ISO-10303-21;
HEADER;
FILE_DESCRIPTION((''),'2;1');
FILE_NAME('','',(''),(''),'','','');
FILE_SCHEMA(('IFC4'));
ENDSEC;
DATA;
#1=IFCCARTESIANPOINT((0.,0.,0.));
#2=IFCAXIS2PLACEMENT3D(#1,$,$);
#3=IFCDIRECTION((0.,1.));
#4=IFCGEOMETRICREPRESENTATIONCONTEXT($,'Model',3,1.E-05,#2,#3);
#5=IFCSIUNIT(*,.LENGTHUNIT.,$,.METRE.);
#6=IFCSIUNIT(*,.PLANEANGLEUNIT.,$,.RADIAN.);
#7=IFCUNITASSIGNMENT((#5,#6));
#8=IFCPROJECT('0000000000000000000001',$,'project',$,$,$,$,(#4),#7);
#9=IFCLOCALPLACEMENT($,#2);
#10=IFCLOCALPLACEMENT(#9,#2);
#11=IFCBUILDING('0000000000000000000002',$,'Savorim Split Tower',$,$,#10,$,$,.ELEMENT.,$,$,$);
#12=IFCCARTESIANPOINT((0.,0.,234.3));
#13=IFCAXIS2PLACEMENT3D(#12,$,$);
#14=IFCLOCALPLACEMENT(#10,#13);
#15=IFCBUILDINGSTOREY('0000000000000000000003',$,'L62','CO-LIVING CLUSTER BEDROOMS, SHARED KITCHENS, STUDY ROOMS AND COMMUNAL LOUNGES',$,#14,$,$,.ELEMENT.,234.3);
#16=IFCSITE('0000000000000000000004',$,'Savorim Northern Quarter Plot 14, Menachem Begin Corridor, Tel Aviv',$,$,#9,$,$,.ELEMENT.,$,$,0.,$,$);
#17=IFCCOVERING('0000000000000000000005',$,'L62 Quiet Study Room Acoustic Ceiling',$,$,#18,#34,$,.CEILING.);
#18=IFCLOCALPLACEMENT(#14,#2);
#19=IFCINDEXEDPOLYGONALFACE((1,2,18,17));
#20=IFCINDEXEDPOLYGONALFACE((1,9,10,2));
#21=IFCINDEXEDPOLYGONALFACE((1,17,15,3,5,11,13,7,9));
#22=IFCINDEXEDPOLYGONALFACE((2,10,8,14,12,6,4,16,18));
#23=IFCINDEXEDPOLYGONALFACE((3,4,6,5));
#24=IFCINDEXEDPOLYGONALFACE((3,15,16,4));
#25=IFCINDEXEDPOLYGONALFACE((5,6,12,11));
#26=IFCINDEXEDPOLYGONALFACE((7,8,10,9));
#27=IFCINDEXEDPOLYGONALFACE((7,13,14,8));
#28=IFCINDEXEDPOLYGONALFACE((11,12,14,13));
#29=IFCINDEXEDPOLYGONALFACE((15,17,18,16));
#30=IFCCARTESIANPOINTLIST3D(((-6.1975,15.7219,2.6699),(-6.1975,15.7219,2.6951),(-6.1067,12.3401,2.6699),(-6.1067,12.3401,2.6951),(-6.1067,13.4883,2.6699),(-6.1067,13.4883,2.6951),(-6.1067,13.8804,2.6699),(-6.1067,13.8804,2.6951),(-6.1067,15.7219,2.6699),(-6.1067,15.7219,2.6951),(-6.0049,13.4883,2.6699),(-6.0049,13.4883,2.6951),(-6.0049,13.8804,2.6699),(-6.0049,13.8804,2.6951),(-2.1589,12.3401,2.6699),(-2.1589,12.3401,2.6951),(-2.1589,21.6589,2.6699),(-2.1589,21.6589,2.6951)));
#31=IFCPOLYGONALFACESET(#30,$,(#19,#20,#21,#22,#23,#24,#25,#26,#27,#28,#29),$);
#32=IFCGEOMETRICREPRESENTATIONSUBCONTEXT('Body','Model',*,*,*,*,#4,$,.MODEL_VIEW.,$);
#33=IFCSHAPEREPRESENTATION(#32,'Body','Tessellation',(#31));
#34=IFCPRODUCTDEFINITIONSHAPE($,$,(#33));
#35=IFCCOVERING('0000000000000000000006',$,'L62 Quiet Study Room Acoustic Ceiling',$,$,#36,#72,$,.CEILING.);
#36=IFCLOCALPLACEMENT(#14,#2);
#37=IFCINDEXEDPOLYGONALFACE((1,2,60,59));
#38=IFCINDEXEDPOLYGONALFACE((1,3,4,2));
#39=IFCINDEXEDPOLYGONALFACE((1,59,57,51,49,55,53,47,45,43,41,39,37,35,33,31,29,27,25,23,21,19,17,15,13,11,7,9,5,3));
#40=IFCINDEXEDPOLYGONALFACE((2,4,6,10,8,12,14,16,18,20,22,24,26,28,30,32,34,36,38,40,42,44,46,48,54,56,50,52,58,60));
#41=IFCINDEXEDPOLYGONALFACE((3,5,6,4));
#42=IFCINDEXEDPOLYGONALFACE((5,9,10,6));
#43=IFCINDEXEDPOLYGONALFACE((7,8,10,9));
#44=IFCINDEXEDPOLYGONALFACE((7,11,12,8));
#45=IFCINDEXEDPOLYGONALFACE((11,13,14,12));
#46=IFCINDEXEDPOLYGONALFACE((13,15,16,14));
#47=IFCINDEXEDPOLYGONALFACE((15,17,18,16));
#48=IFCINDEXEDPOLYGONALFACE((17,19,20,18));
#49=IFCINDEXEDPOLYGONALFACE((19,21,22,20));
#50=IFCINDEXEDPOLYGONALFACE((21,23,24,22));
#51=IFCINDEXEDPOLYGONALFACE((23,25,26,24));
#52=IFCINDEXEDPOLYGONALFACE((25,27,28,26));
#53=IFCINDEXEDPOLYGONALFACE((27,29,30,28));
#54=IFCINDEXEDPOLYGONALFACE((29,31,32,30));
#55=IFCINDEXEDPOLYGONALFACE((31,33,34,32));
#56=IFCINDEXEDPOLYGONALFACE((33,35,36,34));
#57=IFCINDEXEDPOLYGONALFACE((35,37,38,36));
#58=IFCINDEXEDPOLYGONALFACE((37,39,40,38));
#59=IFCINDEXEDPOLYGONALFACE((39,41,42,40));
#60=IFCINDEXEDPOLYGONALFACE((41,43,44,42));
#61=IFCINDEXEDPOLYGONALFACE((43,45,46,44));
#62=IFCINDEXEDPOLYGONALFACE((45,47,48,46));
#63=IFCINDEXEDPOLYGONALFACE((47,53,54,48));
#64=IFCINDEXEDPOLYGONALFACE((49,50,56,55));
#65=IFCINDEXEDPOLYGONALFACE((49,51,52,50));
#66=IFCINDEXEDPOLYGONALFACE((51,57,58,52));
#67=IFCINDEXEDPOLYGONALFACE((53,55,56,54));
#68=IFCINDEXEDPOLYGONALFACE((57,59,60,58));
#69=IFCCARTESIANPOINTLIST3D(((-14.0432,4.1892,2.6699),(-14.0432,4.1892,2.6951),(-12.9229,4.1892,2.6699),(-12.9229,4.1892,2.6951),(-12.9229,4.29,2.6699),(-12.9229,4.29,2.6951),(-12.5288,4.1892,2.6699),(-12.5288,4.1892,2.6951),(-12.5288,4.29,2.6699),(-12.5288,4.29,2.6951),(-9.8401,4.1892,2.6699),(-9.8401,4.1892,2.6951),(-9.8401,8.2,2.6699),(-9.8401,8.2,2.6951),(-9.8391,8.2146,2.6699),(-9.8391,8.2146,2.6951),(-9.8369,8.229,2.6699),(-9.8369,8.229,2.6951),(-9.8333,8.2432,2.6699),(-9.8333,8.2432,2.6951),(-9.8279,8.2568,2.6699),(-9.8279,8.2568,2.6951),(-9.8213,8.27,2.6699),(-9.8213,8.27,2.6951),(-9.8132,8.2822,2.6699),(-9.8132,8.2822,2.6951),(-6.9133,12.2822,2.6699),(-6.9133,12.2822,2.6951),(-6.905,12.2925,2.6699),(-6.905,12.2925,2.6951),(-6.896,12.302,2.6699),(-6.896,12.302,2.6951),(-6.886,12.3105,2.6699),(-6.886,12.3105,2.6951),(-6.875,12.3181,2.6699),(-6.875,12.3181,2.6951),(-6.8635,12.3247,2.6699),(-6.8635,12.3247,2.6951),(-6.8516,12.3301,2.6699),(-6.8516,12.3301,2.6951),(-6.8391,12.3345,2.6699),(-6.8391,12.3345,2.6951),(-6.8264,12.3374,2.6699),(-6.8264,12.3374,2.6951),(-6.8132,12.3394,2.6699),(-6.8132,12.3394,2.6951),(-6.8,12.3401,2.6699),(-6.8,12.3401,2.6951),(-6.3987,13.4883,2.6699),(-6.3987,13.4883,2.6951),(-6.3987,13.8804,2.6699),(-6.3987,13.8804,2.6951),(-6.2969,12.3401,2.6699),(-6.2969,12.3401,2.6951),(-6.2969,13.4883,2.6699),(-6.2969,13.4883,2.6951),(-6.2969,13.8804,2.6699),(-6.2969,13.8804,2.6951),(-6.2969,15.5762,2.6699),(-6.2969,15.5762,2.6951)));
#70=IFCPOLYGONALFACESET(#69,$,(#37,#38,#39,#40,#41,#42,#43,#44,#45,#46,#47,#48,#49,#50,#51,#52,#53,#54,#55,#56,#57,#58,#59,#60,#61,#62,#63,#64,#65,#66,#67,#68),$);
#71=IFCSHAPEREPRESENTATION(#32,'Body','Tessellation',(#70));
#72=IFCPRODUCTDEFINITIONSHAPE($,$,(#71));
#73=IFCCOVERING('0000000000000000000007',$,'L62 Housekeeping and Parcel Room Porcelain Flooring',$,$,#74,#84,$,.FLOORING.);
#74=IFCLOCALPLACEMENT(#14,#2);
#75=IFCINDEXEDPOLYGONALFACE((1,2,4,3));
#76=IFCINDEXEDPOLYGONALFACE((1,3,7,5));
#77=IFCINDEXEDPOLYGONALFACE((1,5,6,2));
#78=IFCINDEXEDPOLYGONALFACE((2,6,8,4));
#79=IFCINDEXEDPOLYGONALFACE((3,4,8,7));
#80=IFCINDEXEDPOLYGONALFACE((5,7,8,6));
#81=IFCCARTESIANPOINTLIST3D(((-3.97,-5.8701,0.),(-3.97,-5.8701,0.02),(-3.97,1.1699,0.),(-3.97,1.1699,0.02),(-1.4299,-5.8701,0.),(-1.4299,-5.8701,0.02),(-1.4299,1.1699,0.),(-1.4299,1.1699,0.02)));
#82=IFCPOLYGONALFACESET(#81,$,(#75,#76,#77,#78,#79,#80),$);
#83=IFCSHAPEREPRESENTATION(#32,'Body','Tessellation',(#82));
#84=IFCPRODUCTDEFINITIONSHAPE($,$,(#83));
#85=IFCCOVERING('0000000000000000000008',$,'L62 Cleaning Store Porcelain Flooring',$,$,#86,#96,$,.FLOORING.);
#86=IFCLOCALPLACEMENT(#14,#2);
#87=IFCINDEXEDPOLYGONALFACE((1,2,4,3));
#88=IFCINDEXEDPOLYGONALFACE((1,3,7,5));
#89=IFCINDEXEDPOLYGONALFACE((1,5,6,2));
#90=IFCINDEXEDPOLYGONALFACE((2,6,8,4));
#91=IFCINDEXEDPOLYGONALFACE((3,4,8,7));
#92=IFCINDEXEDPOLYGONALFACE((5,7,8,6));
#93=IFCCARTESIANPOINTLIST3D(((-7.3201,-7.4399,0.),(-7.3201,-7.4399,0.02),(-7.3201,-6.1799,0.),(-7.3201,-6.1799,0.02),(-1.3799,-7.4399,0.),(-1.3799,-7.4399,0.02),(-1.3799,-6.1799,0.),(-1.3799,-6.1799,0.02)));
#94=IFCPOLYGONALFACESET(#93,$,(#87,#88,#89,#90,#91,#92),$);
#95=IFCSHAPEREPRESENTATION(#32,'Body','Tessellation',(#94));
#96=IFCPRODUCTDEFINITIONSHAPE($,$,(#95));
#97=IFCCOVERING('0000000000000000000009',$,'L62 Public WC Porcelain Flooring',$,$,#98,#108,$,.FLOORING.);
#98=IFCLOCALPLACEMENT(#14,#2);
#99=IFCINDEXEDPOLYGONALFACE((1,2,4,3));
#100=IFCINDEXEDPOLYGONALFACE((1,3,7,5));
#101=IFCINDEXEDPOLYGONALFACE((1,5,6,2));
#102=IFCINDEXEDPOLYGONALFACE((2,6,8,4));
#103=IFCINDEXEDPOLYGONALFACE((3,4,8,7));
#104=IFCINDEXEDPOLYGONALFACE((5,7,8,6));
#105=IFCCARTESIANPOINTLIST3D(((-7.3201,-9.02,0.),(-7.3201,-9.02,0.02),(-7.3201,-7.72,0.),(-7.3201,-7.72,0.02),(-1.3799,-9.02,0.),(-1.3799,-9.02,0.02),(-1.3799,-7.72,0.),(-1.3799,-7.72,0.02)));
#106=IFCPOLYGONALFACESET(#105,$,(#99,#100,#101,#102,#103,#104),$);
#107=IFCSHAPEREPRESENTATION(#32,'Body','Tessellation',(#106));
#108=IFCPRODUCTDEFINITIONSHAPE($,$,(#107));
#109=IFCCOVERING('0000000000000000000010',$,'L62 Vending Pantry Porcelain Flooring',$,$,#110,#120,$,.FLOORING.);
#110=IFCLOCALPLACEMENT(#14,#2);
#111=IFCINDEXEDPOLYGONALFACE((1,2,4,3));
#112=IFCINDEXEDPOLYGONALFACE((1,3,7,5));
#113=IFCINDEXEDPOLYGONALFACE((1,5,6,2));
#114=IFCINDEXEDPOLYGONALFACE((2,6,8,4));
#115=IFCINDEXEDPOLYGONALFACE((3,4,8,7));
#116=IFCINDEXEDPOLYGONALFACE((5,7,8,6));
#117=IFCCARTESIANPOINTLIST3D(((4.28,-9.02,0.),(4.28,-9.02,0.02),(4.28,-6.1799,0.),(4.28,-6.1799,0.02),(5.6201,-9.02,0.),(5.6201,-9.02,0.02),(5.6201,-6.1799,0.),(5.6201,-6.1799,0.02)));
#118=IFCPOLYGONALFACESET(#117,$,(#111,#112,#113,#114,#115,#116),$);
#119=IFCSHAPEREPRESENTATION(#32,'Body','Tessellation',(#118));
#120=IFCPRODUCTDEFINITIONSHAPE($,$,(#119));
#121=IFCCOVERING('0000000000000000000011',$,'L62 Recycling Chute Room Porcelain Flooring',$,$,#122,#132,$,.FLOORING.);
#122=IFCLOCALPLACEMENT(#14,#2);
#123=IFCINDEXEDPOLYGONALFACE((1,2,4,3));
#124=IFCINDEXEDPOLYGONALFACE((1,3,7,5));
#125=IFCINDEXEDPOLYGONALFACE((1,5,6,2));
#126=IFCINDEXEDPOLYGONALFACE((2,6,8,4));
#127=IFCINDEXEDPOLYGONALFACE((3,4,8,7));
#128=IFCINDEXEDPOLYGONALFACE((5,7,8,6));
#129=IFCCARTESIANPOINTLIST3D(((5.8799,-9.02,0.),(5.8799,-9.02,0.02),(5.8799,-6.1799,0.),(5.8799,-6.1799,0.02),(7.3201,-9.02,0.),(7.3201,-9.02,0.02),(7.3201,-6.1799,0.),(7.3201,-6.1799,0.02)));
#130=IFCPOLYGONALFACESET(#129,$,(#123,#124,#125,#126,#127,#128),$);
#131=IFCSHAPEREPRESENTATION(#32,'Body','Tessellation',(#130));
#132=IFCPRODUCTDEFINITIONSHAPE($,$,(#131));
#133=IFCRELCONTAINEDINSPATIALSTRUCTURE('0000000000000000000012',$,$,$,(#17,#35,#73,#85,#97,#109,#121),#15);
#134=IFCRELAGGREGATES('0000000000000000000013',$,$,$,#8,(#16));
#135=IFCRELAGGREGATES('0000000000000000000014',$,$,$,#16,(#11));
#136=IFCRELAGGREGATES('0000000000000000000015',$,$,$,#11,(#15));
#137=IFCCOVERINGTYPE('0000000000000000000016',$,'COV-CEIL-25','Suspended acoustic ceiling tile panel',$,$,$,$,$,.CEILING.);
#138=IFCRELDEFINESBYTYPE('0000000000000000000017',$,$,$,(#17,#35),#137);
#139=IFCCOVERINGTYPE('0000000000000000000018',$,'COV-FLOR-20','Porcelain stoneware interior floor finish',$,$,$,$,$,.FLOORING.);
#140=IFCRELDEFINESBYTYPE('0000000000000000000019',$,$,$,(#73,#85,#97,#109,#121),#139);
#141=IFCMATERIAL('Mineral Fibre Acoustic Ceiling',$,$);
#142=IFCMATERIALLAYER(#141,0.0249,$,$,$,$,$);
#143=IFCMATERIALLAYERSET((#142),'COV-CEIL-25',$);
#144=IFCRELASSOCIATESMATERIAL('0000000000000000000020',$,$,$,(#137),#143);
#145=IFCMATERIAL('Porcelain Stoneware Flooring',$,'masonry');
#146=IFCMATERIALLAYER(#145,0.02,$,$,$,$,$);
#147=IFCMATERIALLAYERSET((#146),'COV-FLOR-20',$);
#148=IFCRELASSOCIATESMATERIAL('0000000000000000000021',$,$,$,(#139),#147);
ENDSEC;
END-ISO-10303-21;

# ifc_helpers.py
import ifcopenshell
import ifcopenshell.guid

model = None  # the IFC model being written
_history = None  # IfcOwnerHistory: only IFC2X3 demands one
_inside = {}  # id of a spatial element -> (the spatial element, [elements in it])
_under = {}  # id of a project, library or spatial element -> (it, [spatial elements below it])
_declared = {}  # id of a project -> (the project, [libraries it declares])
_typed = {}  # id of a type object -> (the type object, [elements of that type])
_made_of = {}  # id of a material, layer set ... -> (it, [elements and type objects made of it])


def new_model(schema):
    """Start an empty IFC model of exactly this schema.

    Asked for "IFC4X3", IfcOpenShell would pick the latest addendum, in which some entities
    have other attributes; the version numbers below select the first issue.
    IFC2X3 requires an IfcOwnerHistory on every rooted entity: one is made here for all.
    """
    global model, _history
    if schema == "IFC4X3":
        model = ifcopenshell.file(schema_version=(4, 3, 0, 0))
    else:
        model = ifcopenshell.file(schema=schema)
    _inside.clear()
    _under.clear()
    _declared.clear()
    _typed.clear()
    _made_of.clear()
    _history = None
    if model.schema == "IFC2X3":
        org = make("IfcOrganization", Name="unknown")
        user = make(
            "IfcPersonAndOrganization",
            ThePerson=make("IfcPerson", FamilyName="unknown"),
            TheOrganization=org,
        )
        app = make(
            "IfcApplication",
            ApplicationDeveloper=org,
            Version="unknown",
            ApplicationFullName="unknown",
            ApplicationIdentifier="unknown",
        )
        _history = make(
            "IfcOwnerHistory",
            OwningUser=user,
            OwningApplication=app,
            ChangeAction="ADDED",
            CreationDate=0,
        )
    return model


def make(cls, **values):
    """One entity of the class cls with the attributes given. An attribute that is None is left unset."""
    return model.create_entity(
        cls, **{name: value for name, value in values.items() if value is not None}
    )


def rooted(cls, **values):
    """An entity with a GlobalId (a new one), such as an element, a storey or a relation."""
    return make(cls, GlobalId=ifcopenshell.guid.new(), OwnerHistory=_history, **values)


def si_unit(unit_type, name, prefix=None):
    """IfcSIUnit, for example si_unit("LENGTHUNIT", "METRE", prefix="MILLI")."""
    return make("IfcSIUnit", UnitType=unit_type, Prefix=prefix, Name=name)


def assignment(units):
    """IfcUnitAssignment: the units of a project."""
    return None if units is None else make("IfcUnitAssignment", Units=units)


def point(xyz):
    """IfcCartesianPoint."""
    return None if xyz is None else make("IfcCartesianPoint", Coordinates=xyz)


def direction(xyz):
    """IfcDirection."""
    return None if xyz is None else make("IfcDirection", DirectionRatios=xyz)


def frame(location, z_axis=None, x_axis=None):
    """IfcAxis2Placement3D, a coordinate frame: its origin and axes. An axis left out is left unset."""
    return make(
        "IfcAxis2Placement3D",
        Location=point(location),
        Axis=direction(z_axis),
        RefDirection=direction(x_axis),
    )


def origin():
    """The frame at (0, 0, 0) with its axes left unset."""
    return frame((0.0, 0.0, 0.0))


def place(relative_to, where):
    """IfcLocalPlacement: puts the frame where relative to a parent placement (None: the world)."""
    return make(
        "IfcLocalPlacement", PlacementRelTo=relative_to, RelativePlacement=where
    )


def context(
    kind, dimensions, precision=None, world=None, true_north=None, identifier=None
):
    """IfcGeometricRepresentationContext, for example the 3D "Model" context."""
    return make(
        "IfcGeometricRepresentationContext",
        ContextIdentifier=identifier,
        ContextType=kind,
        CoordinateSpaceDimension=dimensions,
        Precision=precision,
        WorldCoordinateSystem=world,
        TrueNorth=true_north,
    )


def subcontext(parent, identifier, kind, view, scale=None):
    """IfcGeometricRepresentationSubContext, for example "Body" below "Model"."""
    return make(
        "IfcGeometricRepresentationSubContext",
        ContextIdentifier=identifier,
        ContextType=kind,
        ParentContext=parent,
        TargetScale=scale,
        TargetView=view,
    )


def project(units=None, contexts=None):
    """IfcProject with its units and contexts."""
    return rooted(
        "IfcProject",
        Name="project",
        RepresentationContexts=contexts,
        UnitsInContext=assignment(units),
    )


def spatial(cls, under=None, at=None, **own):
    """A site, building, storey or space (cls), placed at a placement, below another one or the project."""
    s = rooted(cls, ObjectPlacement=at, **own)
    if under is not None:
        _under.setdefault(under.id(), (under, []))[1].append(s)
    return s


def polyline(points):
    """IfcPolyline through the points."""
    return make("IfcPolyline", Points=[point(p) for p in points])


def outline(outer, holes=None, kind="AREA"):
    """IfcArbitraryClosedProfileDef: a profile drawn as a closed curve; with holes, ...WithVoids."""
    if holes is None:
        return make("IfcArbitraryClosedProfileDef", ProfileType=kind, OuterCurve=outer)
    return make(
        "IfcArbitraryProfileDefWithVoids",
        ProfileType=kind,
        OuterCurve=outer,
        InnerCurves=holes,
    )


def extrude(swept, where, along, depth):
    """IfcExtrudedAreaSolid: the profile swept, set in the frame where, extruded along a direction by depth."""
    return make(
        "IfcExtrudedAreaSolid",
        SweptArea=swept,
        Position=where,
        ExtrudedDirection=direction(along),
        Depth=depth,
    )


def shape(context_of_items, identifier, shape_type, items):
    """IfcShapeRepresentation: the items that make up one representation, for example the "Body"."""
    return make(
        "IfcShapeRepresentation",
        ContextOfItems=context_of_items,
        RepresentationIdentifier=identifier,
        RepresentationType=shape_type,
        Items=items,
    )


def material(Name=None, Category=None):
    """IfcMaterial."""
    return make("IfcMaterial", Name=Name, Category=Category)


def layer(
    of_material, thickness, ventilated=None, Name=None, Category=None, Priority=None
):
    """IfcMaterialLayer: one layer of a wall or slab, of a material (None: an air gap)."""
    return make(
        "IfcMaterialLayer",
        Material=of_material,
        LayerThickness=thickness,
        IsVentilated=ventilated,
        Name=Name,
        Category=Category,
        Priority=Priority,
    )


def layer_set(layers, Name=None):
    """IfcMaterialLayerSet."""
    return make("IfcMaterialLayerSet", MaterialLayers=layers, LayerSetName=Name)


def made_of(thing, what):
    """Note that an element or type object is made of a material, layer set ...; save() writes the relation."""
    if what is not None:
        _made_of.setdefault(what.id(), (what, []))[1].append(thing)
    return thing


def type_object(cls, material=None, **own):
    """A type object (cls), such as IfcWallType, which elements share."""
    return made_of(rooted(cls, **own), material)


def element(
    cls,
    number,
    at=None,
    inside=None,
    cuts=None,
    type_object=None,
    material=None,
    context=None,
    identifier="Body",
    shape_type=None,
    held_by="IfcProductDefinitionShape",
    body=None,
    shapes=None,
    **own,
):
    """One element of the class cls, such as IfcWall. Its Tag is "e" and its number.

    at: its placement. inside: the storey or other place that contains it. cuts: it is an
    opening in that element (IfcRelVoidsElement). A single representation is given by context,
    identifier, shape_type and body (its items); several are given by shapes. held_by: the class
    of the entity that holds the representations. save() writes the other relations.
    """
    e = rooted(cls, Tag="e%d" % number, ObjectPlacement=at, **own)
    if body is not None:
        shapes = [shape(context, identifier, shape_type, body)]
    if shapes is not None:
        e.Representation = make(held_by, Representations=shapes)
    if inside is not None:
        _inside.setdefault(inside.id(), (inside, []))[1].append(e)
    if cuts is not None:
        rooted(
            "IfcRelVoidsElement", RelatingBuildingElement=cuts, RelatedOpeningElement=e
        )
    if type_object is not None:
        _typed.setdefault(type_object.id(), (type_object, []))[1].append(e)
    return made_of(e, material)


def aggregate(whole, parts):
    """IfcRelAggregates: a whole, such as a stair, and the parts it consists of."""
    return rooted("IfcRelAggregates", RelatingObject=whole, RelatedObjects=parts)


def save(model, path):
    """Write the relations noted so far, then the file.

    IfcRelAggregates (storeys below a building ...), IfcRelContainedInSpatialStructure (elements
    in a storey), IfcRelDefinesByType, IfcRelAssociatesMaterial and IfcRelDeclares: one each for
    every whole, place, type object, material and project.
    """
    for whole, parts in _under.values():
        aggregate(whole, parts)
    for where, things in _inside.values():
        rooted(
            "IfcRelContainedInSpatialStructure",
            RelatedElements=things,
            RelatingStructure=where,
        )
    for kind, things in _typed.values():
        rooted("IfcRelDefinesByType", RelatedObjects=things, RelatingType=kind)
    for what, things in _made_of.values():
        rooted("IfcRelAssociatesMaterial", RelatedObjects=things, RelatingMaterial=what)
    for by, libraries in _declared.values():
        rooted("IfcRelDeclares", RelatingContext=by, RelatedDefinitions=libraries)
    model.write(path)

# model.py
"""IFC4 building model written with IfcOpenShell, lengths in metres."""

from ifc_helpers import new_model, si_unit, direction, frame, origin, place, context, subcontext, project, spatial, polyline, outline, extrude, material, layer, layer_set, type_object, element, save


model = new_model("IFC4")

# Units and contexts
model_context = context("Model", 3, precision=1e-05, world=origin(), true_north=direction((0.0, 1.0)))
body_context = subcontext(model_context, "Body", "Model", "MODEL_VIEW")
ifc_project = project(units=[si_unit("LENGTHUNIT", "METRE"), si_unit("PLANEANGLEUNIT", "RADIAN")], contexts=[model_context])

# Site, building, storey
site_placement = place(None, origin())
site = spatial("IfcSite", under=ifc_project, at=site_placement, Name="Savorim Northern Quarter Plot 14, Menachem Begin Corridor, Tel Aviv", CompositionType="ELEMENT", RefElevation=0.0)
building_placement = place(site_placement, origin())
building = spatial("IfcBuilding", under=site, at=building_placement, Name="Savorim Split Tower", CompositionType="ELEMENT")
storey_placement = place(building_placement, frame((0.0, 0.0, 234.3)))
storey = spatial("IfcBuildingStorey", under=building, at=storey_placement, Name="L62", Description="CO-LIVING CLUSTER BEDROOMS, SHARED KITCHENS, STUDY ROOMS AND COMMUNAL LOUNGES", CompositionType="ELEMENT", Elevation=234.3)

# Coverings
ifc_material_1 = material(Name="Mineral Fibre Acoustic Ceiling")
ifc_layer_1 = layer(ifc_material_1, 0.0249)
ifc_layer_set_1 = layer_set([ifc_layer_1], Name="COV-CEIL-25")
covering_type_1 = type_object("IfcCoveringType", Name="COV-CEIL-25", Description="Suspended acoustic ceiling tile panel", PredefinedType="CEILING", material=ifc_layer_set_1)
covering_1_placement = place(storey_placement, frame((0.0, 0.0, 2.6699)))
element("IfcCovering", 1, at=covering_1_placement, inside=storey, type_object=covering_type_1, Name="L62 Quiet Study Room Acoustic Ceiling", PredefinedType="CEILING", context=body_context, shape_type="SweptSolid", body=[
    extrude(outline(polyline([(-6.0049, 13.4883), (-6.1067, 13.4883), (-6.1067, 12.3401), (-2.1589, 12.3401), (-2.1589, 21.6589), (-6.1975, 15.7219), (-6.1067, 15.7219), (-6.1067, 13.8804), (-6.0049, 13.8804), (-6.0049, 13.4883)])), origin(), (0.0, 0.0, 1.0), 0.0251),
])
covering_2_placement = place(storey_placement, frame((0.0, 0.0, 2.6699)))
element("IfcCovering", 2, at=covering_2_placement, inside=storey, type_object=covering_type_1, Name="L62 Quiet Study Room Acoustic Ceiling", PredefinedType="CEILING", context=body_context, shape_type="SweptSolid", body=[
    extrude(outline(polyline([(-6.8132, 12.3394), (-6.8, 12.3401), (-6.2969, 12.3401), (-6.2969, 13.4883), (-6.3987, 13.4883), (-6.3987, 13.8804), (-6.2969, 13.8804), (-6.2969, 15.5762), (-14.0432, 4.1892), (-12.9229, 4.1892), (-12.9229, 4.29), (-12.5288, 4.29), (-12.5288, 4.1892), (-9.8401, 4.1892), (-9.8401, 8.2), (-9.8391, 8.2146), (-9.8369, 8.229), (-9.8333, 8.2432), (-9.8279, 8.2568), (-9.8213, 8.27), (-9.8132, 8.2822), (-6.9133, 12.2822), (-6.905, 12.2925), (-6.896, 12.302), (-6.886, 12.3105), (-6.875, 12.3181), (-6.8635, 12.3247), (-6.8516, 12.3301), (-6.8391, 12.3345), (-6.8264, 12.3374), (-6.8132, 12.3394)])), origin(), (0.0, 0.0, 1.0), 0.0251),
])
ifc_material_2 = material(Name="Porcelain Stoneware Flooring", Category="masonry")
ifc_layer_2 = layer(ifc_material_2, 0.02)
ifc_layer_set_2 = layer_set([ifc_layer_2], Name="COV-FLOR-20")
covering_type_2 = type_object("IfcCoveringType", Name="COV-FLOR-20", Description="Porcelain stoneware interior floor finish", PredefinedType="FLOORING", material=ifc_layer_set_2)
covering_3_placement = place(storey_placement, origin())
element("IfcCovering", 3, at=covering_3_placement, inside=storey, type_object=covering_type_2, Name="L62 Housekeeping and Parcel Room Porcelain Flooring", PredefinedType="FLOORING", context=body_context, shape_type="SweptSolid", body=[
    extrude(outline(polyline([(-3.97, 1.1699), (-3.97, -5.8701), (-1.4299, -5.8701), (-1.4299, 1.1699), (-3.97, 1.1699)])), origin(), (0.0, 0.0, 1.0), 0.02),
])
covering_4_placement = place(storey_placement, origin())
element("IfcCovering", 4, at=covering_4_placement, inside=storey, type_object=covering_type_2, Name="L62 Cleaning Store Porcelain Flooring", PredefinedType="FLOORING", context=body_context, shape_type="SweptSolid", body=[
    extrude(outline(polyline([(-7.3201, -6.1799), (-7.3201, -7.4399), (-1.3799, -7.4399), (-1.3799, -6.1799), (-7.3201, -6.1799)])), origin(), (0.0, 0.0, 1.0), 0.02),
])
covering_5_placement = place(storey_placement, origin())
element("IfcCovering", 5, at=covering_5_placement, inside=storey, type_object=covering_type_2, Name="L62 Public WC Porcelain Flooring", PredefinedType="FLOORING", context=body_context, shape_type="SweptSolid", body=[
    extrude(outline(polyline([(-7.3201, -7.72), (-7.3201, -9.02), (-1.3799, -9.02), (-1.3799, -7.72), (-7.3201, -7.72)])), origin(), (0.0, 0.0, 1.0), 0.02),
])
covering_6_placement = place(storey_placement, origin())
element("IfcCovering", 6, at=covering_6_placement, inside=storey, type_object=covering_type_2, Name="L62 Vending Pantry Porcelain Flooring", PredefinedType="FLOORING", context=body_context, shape_type="SweptSolid", body=[
    extrude(outline(polyline([(4.28, -6.1799), (4.28, -9.02), (5.6201, -9.02), (5.6201, -6.1799), (4.28, -6.1799)])), origin(), (0.0, 0.0, 1.0), 0.02),
])
covering_7_placement = place(storey_placement, origin())
element("IfcCovering", 7, at=covering_7_placement, inside=storey, type_object=covering_type_2, Name="L62 Recycling Chute Room Porcelain Flooring", PredefinedType="FLOORING", context=body_context, shape_type="SweptSolid", body=[
    extrude(outline(polyline([(5.8799, -6.1799), (5.8799, -9.02), (7.3201, -9.02), (7.3201, -6.1799), (5.8799, -6.1799)])), origin(), (0.0, 0.0, 1.0), 0.02),
])

save(model, "model.ifc")
